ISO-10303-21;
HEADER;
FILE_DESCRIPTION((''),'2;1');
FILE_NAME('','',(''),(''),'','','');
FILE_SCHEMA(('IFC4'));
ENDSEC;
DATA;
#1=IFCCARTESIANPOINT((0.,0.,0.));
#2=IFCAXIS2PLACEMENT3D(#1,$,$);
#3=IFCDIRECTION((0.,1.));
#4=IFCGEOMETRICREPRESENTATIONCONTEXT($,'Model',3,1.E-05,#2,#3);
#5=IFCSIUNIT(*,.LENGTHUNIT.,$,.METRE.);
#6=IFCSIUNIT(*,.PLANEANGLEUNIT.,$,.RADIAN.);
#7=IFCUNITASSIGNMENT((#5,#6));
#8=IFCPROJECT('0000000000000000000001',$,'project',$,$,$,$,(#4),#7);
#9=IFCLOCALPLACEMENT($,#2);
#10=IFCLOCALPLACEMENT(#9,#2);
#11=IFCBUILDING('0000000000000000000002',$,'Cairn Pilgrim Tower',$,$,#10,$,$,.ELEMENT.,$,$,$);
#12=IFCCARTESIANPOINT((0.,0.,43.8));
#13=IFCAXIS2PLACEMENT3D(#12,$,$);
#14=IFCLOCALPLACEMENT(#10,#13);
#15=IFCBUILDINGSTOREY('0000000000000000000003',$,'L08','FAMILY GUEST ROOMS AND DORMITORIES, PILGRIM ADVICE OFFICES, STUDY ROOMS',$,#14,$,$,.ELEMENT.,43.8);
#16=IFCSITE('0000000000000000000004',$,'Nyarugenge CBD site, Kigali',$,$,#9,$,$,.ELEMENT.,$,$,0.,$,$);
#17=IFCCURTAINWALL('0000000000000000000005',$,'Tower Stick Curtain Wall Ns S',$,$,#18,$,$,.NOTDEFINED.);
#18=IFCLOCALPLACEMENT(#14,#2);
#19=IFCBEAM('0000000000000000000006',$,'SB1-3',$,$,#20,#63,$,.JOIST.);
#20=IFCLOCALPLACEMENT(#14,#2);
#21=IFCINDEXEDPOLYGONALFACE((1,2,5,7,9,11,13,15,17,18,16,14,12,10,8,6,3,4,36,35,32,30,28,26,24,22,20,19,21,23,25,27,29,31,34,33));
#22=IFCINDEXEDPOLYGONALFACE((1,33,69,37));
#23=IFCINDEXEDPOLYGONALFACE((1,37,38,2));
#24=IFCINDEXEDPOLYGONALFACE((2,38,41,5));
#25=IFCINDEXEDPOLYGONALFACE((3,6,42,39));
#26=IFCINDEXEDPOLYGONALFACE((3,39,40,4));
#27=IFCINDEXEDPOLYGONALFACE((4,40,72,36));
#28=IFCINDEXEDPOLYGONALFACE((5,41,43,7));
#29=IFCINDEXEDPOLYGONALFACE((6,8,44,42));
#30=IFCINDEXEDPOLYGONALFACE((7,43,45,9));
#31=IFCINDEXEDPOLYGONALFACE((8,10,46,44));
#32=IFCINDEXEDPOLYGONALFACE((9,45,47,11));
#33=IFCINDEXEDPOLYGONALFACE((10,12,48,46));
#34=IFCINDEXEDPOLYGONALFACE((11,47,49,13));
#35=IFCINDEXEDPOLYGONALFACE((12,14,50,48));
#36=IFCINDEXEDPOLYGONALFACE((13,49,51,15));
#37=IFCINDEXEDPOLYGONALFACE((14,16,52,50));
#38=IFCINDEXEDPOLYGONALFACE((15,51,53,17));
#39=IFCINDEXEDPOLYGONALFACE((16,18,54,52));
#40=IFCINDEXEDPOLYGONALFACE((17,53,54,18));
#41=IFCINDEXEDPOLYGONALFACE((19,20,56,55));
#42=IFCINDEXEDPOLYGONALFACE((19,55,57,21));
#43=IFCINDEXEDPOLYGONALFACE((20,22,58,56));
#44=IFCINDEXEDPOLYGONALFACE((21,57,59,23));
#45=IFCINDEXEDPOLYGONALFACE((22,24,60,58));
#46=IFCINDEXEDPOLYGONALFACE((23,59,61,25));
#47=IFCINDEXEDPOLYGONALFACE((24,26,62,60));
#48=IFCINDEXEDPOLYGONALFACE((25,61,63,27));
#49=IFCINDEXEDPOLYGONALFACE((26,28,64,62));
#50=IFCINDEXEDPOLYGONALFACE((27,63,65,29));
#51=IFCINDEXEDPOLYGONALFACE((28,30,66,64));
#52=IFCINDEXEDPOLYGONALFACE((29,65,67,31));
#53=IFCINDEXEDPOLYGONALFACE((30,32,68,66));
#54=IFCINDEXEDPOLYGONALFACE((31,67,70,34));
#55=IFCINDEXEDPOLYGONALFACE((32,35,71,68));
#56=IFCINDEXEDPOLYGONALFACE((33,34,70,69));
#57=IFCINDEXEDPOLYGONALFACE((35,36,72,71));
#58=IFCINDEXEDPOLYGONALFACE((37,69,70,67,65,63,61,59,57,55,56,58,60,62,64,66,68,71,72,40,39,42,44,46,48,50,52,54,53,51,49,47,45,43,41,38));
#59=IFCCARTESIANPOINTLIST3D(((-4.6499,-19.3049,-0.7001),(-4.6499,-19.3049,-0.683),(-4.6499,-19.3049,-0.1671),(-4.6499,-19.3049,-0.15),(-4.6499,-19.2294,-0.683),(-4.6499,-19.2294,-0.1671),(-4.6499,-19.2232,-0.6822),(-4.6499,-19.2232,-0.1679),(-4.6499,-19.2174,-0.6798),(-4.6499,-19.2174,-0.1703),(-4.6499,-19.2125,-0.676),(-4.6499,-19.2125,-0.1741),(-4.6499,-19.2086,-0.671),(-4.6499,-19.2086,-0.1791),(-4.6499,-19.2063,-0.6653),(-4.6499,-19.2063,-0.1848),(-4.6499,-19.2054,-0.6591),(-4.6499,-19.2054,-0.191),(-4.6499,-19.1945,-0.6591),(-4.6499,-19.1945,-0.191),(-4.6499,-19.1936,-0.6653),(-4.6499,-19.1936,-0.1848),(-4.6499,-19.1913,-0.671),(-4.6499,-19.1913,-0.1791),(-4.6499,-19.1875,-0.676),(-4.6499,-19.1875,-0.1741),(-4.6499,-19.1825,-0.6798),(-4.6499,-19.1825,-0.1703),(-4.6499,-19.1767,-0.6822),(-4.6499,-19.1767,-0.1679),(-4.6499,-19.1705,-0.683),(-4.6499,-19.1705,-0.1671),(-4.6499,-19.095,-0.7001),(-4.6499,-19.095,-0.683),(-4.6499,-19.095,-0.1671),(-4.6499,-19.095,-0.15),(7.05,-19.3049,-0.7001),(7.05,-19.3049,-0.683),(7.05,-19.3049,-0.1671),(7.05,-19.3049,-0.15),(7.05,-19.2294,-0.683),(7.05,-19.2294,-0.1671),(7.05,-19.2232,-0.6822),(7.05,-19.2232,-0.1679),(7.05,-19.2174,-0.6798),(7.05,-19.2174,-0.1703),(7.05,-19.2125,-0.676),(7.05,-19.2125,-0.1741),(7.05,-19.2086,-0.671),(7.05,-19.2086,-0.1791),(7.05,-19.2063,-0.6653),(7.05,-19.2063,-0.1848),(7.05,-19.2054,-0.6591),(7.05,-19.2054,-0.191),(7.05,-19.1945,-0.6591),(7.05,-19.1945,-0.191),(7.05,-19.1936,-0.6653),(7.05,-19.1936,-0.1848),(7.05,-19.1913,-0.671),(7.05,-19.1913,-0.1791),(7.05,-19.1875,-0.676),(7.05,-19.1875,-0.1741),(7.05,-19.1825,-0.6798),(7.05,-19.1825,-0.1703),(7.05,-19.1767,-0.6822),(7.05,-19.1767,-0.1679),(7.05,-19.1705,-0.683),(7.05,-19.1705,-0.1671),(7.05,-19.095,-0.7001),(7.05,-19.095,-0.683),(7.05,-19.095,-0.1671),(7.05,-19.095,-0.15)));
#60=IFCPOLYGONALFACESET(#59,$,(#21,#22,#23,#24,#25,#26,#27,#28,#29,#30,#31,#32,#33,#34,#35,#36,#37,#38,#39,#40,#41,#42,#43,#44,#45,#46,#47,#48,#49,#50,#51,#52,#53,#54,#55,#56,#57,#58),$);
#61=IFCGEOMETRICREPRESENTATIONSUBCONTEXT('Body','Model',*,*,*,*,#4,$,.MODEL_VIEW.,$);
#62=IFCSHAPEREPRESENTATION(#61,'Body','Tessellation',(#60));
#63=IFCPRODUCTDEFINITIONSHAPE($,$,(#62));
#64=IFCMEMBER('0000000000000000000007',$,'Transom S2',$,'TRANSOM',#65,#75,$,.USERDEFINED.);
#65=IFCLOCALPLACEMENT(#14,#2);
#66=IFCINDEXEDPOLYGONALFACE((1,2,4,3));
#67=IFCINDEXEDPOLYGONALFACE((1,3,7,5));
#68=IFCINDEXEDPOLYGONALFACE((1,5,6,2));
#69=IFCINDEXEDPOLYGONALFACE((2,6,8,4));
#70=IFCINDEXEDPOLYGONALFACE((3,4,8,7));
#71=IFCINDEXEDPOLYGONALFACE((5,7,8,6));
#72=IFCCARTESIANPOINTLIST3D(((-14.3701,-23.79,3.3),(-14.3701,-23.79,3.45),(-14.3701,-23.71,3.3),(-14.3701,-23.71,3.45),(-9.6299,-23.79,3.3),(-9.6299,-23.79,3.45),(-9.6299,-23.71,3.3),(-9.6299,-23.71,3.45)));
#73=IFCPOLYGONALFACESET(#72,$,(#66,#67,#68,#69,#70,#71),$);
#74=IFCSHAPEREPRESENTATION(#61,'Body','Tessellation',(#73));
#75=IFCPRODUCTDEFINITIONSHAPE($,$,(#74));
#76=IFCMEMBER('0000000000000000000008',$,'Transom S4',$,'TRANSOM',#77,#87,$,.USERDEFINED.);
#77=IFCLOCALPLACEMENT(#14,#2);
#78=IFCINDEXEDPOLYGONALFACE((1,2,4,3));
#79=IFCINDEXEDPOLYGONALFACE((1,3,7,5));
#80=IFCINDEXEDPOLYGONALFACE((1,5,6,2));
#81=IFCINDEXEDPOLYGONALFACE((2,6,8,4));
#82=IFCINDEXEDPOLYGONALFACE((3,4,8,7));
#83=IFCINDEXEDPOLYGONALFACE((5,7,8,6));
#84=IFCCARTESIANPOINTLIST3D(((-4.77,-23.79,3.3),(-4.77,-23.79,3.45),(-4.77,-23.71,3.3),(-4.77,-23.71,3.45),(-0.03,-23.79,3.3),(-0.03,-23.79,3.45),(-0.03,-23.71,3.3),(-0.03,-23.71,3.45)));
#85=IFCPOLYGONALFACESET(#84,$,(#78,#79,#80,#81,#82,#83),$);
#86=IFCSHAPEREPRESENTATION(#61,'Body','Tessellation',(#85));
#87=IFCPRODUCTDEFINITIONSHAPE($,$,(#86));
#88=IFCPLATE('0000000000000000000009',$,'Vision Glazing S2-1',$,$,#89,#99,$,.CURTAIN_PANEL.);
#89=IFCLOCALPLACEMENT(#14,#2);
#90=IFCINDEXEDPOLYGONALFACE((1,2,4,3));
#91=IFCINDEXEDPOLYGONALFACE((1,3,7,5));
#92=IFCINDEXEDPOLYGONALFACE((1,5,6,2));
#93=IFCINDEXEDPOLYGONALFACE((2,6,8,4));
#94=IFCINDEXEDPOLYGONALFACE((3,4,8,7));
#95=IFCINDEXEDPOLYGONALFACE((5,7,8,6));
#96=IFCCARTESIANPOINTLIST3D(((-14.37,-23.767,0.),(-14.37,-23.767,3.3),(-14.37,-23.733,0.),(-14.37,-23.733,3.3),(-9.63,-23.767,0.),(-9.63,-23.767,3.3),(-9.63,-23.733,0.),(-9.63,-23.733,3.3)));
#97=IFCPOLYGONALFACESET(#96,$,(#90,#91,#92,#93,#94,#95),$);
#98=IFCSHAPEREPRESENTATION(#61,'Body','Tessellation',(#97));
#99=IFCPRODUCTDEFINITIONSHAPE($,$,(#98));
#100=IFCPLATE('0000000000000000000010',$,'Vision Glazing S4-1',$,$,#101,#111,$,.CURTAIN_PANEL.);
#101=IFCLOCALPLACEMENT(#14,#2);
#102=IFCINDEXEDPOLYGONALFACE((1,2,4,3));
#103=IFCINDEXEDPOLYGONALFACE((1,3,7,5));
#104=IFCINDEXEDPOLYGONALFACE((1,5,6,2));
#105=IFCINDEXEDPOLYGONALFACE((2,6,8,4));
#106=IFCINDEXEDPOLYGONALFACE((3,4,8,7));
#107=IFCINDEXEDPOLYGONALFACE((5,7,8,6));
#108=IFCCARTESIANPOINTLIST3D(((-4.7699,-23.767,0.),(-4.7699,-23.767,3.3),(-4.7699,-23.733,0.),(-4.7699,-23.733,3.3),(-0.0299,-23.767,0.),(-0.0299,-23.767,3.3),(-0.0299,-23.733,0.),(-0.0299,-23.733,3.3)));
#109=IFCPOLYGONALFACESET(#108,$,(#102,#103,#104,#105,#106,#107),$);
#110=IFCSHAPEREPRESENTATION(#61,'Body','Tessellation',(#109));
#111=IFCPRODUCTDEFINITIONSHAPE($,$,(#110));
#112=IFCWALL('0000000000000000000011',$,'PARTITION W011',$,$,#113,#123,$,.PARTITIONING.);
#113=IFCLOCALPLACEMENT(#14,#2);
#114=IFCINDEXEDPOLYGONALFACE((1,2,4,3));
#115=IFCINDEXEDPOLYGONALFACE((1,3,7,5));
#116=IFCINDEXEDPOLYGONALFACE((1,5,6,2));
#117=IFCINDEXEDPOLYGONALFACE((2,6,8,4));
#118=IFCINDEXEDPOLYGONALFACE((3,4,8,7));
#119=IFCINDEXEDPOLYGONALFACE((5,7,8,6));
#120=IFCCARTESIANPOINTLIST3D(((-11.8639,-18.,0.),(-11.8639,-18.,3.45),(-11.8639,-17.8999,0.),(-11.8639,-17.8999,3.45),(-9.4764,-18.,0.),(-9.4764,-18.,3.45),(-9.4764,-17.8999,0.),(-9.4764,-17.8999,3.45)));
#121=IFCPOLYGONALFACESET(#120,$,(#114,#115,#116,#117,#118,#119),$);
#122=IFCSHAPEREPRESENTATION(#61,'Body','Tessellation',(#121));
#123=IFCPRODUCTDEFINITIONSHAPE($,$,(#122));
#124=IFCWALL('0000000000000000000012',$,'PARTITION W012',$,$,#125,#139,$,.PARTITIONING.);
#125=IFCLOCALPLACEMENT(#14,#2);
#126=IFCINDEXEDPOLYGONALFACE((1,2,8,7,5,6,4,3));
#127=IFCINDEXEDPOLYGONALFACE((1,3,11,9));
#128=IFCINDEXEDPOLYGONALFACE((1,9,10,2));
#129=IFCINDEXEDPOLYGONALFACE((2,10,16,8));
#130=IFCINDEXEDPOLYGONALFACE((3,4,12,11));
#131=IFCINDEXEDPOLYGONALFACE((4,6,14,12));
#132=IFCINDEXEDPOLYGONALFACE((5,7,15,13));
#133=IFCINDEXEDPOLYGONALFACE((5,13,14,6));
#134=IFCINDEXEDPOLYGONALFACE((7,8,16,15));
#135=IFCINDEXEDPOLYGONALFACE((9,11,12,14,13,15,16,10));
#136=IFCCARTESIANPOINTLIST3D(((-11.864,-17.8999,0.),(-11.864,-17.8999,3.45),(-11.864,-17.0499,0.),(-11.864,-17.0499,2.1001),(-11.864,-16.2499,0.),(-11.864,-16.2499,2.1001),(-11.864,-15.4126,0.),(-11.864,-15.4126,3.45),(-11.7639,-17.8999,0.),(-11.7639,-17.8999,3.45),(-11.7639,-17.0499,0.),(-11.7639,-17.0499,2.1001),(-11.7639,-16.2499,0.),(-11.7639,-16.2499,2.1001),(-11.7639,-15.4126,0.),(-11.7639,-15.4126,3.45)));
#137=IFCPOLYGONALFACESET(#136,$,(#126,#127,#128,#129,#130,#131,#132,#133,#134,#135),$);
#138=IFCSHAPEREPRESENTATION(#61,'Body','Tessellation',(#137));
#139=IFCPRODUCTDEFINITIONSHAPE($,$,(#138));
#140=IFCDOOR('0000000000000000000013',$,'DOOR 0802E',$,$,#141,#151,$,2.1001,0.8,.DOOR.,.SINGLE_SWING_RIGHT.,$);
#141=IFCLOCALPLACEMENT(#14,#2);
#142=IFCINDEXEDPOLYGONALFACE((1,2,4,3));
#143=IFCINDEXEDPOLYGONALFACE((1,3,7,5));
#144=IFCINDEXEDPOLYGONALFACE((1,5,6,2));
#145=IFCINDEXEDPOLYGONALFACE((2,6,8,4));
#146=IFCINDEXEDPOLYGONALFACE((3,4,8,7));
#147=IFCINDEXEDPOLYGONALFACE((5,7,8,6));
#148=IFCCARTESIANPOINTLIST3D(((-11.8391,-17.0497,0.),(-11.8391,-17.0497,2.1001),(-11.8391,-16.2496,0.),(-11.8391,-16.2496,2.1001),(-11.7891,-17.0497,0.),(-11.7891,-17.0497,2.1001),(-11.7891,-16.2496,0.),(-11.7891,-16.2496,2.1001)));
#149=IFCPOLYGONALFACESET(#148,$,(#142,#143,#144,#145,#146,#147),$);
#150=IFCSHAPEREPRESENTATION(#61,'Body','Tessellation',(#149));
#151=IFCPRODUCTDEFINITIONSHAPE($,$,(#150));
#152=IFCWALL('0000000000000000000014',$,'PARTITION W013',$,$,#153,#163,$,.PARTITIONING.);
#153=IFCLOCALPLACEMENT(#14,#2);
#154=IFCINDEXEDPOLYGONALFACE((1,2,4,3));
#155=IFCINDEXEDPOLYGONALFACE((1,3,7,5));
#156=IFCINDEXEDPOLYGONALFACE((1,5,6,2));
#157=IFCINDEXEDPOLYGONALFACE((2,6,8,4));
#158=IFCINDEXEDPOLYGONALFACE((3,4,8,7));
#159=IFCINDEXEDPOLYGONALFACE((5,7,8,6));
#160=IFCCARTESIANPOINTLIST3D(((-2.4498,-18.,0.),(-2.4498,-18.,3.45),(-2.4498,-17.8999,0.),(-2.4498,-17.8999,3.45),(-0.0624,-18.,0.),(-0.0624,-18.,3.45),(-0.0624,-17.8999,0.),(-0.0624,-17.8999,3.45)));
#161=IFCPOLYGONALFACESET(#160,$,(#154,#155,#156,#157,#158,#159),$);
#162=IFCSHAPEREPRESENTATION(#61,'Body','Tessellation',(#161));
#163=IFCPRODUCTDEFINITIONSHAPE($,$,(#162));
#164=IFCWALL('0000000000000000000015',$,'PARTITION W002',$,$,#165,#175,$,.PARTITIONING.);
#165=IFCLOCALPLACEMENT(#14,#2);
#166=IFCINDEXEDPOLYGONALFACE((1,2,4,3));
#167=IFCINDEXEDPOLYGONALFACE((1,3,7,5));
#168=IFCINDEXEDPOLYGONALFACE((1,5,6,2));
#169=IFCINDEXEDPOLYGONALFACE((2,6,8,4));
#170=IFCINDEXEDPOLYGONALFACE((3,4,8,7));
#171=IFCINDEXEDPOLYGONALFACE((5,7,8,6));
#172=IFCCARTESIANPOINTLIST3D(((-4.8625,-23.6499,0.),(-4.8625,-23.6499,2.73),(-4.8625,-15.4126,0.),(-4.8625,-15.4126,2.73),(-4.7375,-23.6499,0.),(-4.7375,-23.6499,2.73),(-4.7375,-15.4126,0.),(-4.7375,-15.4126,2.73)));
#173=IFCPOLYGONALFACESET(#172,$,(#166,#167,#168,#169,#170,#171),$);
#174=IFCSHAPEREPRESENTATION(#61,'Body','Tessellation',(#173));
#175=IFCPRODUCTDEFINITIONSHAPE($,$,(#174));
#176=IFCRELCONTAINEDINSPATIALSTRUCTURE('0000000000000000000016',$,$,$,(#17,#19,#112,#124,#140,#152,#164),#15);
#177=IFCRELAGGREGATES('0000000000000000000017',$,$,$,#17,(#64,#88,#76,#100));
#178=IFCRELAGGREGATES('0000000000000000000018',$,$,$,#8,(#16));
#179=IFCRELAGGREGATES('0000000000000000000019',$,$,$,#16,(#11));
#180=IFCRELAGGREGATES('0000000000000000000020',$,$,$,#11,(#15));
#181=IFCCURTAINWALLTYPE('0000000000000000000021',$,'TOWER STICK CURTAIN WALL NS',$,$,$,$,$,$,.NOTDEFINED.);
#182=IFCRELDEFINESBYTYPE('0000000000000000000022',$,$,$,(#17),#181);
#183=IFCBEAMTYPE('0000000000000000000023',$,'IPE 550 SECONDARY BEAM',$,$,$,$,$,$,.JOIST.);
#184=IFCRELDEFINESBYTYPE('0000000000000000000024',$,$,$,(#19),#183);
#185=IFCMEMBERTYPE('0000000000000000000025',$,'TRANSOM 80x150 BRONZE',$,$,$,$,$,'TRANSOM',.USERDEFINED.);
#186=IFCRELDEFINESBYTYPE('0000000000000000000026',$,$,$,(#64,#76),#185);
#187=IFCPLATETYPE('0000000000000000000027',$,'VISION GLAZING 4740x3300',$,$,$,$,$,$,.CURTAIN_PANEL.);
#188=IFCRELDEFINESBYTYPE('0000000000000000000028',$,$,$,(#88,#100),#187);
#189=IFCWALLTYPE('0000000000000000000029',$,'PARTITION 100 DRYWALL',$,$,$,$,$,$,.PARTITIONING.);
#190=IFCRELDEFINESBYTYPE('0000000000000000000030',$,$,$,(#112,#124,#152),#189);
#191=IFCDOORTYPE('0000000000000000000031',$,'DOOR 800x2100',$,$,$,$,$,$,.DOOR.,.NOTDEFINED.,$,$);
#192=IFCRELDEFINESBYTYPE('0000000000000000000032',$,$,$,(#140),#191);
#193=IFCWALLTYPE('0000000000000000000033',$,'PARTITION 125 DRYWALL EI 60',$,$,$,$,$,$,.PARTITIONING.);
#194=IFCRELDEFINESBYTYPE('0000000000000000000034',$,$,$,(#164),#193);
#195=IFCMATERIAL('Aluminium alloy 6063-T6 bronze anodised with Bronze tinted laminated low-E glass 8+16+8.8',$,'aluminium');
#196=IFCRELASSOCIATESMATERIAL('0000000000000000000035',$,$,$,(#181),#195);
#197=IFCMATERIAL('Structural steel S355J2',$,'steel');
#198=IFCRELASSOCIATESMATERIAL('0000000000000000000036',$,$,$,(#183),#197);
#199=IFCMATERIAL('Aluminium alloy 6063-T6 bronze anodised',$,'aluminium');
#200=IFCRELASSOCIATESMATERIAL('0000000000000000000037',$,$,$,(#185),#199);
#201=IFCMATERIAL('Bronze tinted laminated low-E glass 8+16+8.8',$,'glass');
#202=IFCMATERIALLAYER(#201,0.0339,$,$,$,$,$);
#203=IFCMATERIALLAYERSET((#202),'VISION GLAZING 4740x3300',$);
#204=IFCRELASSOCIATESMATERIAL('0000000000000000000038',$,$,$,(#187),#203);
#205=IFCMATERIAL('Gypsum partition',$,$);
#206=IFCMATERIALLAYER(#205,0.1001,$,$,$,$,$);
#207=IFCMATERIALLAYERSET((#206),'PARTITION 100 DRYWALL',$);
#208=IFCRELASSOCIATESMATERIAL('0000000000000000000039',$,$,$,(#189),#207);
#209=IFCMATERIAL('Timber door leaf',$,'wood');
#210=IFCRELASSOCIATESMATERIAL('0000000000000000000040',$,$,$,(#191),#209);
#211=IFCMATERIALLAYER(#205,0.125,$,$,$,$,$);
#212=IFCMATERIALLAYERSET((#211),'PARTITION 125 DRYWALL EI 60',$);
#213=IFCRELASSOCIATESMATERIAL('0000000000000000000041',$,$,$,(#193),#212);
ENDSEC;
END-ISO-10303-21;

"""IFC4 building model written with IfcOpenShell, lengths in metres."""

from ifc_helpers import new_model, si_unit, direction, frame, frame_2d, origin, origin_2d, place, context, subcontext, project, spatial, rectangle, i_section, extrude, material, layer, layer_set, material_profile, profile_set, type_object, element, fill, aggregate, save


model = new_model("IFC4")

# Units and contexts
model_context = context("Model", 3, precision=1e-05, world=origin(), true_north=direction((0.0, 1.0)))
body_context = subcontext(model_context, "Body", "Model", "MODEL_VIEW")
ifc_project = project(units=[si_unit("LENGTHUNIT", "METRE"), si_unit("PLANEANGLEUNIT", "RADIAN")], contexts=[model_context])

# Site, building, storey
site_placement = place(None, origin())
site = spatial("IfcSite", under=ifc_project, at=site_placement, Name="Nyarugenge CBD site, Kigali", CompositionType="ELEMENT", RefElevation=0.0)
building_placement = place(site_placement, origin())
building = spatial("IfcBuilding", under=site, at=building_placement, Name="Cairn Pilgrim Tower", CompositionType="ELEMENT")
storey_placement = place(building_placement, frame((0.0, 0.0, 43.8)))
storey = spatial("IfcBuildingStorey", under=building, at=storey_placement, Name="L08", Description="FAMILY GUEST ROOMS AND DORMITORIES, PILGRIM ADVICE OFFICES, STUDY ROOMS", CompositionType="ELEMENT", Elevation=43.8)

# Curtain wall
ifc_material_1 = material(Name="Aluminium alloy 6063-T6 bronze anodised with Bronze tinted laminated low-E glass 8+16+8.8", Category="aluminium")
curtain_wall_type = type_object("IfcCurtainWallType", Name="TOWER STICK CURTAIN WALL NS", PredefinedType="NOTDEFINED", material=ifc_material_1)
curtain_wall_placement = place(storey_placement, origin())
curtain_wall = element("IfcCurtainWall", 1, at=curtain_wall_placement, inside=storey, type_object=curtain_wall_type, Name="Tower Stick Curtain Wall Ns S", PredefinedType="NOTDEFINED")
ifc_material_2 = material(Name="Aluminium alloy 6063-T6 bronze anodised", Category="aluminium")

# Beam
ifc_material_3 = material(Name="Structural steel S355J2", Category="steel")
ifc_material_profile_1 = material_profile(ifc_material_3, i_section(OverallWidth=0.21, OverallDepth=0.55, WebThickness=0.011, FlangeThickness=0.0171, FilletRadius=0.0239, at=origin_2d()), Name="IPE 550")
ifc_profile_set_1 = profile_set([ifc_material_profile_1], Name="Structural steel S355J2")
beam_type_1 = type_object("IfcBeamType", Name="IPE 550 SECONDARY BEAM", PredefinedType="JOIST", material=ifc_profile_set_1)
beam_1_placement = place(storey_placement, frame((-4.6499, -19.2, -0.425), z_axis=(1.0, 0.0, 0.0), x_axis=(0.0, 1.0, 0.0)))
element("IfcBeam", 2, at=beam_1_placement, inside=storey, type_object=beam_type_1, Name="SB1-3", PredefinedType="JOIST", context=body_context, shape_type="SweptSolid", body=[
    extrude(i_section(OverallWidth=0.21, OverallDepth=0.55, WebThickness=0.011, FlangeThickness=0.0171, FilletRadius=0.0239, at=origin_2d()), origin(), (0.0, 0.0, 1.0), 11.7),
])

# Members
ifc_material_profile_2 = material_profile(ifc_material_2, rectangle(XDim=0.0801, YDim=0.1499, at=origin_2d()), Name="TRANSOM 80x150 BRONZE")
ifc_profile_set_2 = profile_set([ifc_material_profile_2], Name="Aluminium alloy 6063-T6 bronze anodised")
member_type_1 = type_object("IfcMemberType", Name="TRANSOM 80x150 BRONZE", ElementType="TRANSOM", PredefinedType="USERDEFINED", material=ifc_profile_set_2)
member_1_placement = place(storey_placement, frame((-14.3701, -23.75, 3.375), z_axis=(1.0, 0.0, 0.0), x_axis=(0.0, 1.0, 0.0)))
member_1 = element("IfcMember", 3, at=member_1_placement, type_object=member_type_1, Name="Transom S2", ObjectType="TRANSOM", PredefinedType="USERDEFINED", context=body_context, shape_type="SweptSolid", body=[
    extrude(rectangle(XDim=0.0801, YDim=0.1499, at=origin_2d()), origin(), (0.0, 0.0, 1.0), 4.7402),
])
member_2_placement = place(storey_placement, frame((-4.77, -23.75, 3.375), z_axis=(1.0, 0.0, 0.0), x_axis=(0.0, 1.0, 0.0)))
member_2 = element("IfcMember", 4, at=member_2_placement, type_object=member_type_1, Name="Transom S4", ObjectType="TRANSOM", PredefinedType="USERDEFINED", context=body_context, shape_type="SweptSolid", body=[
    extrude(rectangle(XDim=0.0801, YDim=0.1499, at=origin_2d()), origin(), (0.0, 0.0, 1.0), 4.74),
])

# Plates
ifc_material_4 = material(Name="Bronze tinted laminated low-E glass 8+16+8.8", Category="glass")
ifc_layer_1 = layer(ifc_material_4, 0.0339)
ifc_layer_set_1 = layer_set([ifc_layer_1], Name="VISION GLAZING 4740x3300")
plate_type = type_object("IfcPlateType", Name="VISION GLAZING 4740x3300", PredefinedType="CURTAIN_PANEL", material=ifc_layer_set_1)
plate_1_placement = place(storey_placement, frame((-12.0, -23.75, 0.0), z_axis=(0.0, 0.0, 1.0), x_axis=(1.0, 0.0, 0.0)))
plate_1 = element("IfcPlate", 5, at=plate_1_placement, type_object=plate_type, Name="Vision Glazing S2-1", PredefinedType="CURTAIN_PANEL", context=body_context, shape_type="SweptSolid", body=[
    extrude(rectangle(XDim=4.74, YDim=0.0339, at=origin_2d()), origin(), (0.0, 0.0, 1.0), 3.3),
])
plate_2_placement = place(storey_placement, frame((-2.3999, -23.75, 0.0), z_axis=(0.0, 0.0, 1.0), x_axis=(1.0, 0.0, 0.0)))
plate_2 = element("IfcPlate", 6, at=plate_2_placement, type_object=plate_type, Name="Vision Glazing S4-1", PredefinedType="CURTAIN_PANEL", context=body_context, shape_type="SweptSolid", body=[
    extrude(rectangle(XDim=4.74, YDim=0.0339, at=origin_2d()), origin(), (0.0, 0.0, 1.0), 3.3),
])
aggregate(curtain_wall, [member_1, plate_1, member_2, plate_2])

# Wall
ifc_material_5 = material(Name="Gypsum partition")
ifc_layer_2 = layer(ifc_material_5, 0.1001)
ifc_layer_set_2 = layer_set([ifc_layer_2], Name="PARTITION 100 DRYWALL")
wall_type_1 = type_object("IfcWallType", Name="PARTITION 100 DRYWALL", PredefinedType="PARTITIONING", material=ifc_layer_set_2)
wall_1_placement = place(storey_placement, frame((-11.864, -17.95, 0.0), z_axis=(0.0, 0.0, 1.0), x_axis=(1.0, 0.0, 0.0)))
element("IfcWall", 7, at=wall_1_placement, inside=storey, type_object=wall_type_1, Name="PARTITION W011", PredefinedType="PARTITIONING", context=body_context, shape_type="SweptSolid", body=[
    extrude(rectangle(XDim=2.3875, YDim=0.1001, at=frame_2d((1.1938, 0.0))), origin(), (0.0, 0.0, 1.0), 3.45),
])

# Wall, opening, door
wall_2_placement = place(storey_placement, frame((-11.814, -17.8999, 0.0), z_axis=(0.0, 0.0, 1.0), x_axis=(0.0, 1.0, 0.0)))
wall_2 = element("IfcWall", 8, at=wall_2_placement, inside=storey, type_object=wall_type_1, Name="PARTITION W012", PredefinedType="PARTITIONING", context=body_context, shape_type="SweptSolid", body=[
    extrude(rectangle(XDim=2.4873, YDim=0.1001, at=frame_2d((1.2437, 0.0))), origin(), (0.0, 0.0, 1.0), 3.45),
])
opening_1_placement = place(wall_2_placement, frame((0.8501, 0.0, 0.0)))
opening_1 = element("IfcOpeningElement", 9, at=opening_1_placement, cuts=wall_2, PredefinedType="OPENING", context=body_context, shape_type="SweptSolid", body=[
    extrude(rectangle(XDim=0.8, YDim=2.1001, at=frame_2d((0.3999, 1.05))), frame((0.0, 0.0601, 0.0), z_axis=(0.0, -1.0, 0.0), x_axis=(1.0, 0.0, 0.0)), (0.0, 0.0, 1.0), 0.1201),
])
ifc_material_6 = material(Name="Timber door leaf", Category="wood")
door_type_1 = type_object("IfcDoorType", Name="DOOR 800x2100", OperationType="NOTDEFINED", PredefinedType="DOOR", material=ifc_material_6)
door_1_placement = place(opening_1_placement, frame((0.8, 0.0, 0.0), z_axis=(0.0, 0.0, 1.0), x_axis=(-1.0, 0.0, 0.0)))
door_1 = element("IfcDoor", 10, at=door_1_placement, inside=storey, type_object=door_type_1, Name="DOOR 0802E", OperationType="SINGLE_SWING_RIGHT", OverallHeight=2.1001, OverallWidth=0.8, PredefinedType="DOOR", context=body_context, shape_type="SweptSolid", body=[
    extrude(rectangle(XDim=0.8, YDim=2.1001, at=frame_2d((0.3999, 1.05))), frame((0.0, 0.0249, 0.0), z_axis=(0.0, -1.0, 0.0), x_axis=(1.0, 0.0, 0.0)), (0.0, 0.0, 1.0), 0.05),
])
fill(opening_1, door_1)

# Walls
wall_3_placement = place(storey_placement, frame((-2.45, -17.95, 0.0), z_axis=(0.0, 0.0, 1.0), x_axis=(1.0, 0.0, 0.0)))
element("IfcWall", 11, at=wall_3_placement, inside=storey, type_object=wall_type_1, Name="PARTITION W013", PredefinedType="PARTITIONING", context=body_context, shape_type="SweptSolid", body=[
    extrude(rectangle(XDim=2.3875, YDim=0.1001, at=frame_2d((1.1938, 0.0))), origin(), (0.0, 0.0, 1.0), 3.45),
])
ifc_layer_3 = layer(ifc_material_5, 0.125)
ifc_layer_set_3 = layer_set([ifc_layer_3], Name="PARTITION 125 DRYWALL EI 60")
wall_type_2 = type_object("IfcWallType", Name="PARTITION 125 DRYWALL EI 60", PredefinedType="PARTITIONING", material=ifc_layer_set_3)
wall_4_placement = place(storey_placement, frame((-4.8, -23.6499, 0.0), z_axis=(0.0, 0.0, 1.0), x_axis=(0.0, 1.0, 0.0)))
element("IfcWall", 12, at=wall_4_placement, inside=storey, type_object=wall_type_2, Name="PARTITION W002", PredefinedType="PARTITIONING", context=body_context, shape_type="SweptSolid", body=[
    extrude(rectangle(XDim=8.2373, YDim=0.125, at=frame_2d((4.1187, 0.0))), origin(), (0.0, 0.0, 1.0), 2.73),
])

save(model, "model.ifc")
